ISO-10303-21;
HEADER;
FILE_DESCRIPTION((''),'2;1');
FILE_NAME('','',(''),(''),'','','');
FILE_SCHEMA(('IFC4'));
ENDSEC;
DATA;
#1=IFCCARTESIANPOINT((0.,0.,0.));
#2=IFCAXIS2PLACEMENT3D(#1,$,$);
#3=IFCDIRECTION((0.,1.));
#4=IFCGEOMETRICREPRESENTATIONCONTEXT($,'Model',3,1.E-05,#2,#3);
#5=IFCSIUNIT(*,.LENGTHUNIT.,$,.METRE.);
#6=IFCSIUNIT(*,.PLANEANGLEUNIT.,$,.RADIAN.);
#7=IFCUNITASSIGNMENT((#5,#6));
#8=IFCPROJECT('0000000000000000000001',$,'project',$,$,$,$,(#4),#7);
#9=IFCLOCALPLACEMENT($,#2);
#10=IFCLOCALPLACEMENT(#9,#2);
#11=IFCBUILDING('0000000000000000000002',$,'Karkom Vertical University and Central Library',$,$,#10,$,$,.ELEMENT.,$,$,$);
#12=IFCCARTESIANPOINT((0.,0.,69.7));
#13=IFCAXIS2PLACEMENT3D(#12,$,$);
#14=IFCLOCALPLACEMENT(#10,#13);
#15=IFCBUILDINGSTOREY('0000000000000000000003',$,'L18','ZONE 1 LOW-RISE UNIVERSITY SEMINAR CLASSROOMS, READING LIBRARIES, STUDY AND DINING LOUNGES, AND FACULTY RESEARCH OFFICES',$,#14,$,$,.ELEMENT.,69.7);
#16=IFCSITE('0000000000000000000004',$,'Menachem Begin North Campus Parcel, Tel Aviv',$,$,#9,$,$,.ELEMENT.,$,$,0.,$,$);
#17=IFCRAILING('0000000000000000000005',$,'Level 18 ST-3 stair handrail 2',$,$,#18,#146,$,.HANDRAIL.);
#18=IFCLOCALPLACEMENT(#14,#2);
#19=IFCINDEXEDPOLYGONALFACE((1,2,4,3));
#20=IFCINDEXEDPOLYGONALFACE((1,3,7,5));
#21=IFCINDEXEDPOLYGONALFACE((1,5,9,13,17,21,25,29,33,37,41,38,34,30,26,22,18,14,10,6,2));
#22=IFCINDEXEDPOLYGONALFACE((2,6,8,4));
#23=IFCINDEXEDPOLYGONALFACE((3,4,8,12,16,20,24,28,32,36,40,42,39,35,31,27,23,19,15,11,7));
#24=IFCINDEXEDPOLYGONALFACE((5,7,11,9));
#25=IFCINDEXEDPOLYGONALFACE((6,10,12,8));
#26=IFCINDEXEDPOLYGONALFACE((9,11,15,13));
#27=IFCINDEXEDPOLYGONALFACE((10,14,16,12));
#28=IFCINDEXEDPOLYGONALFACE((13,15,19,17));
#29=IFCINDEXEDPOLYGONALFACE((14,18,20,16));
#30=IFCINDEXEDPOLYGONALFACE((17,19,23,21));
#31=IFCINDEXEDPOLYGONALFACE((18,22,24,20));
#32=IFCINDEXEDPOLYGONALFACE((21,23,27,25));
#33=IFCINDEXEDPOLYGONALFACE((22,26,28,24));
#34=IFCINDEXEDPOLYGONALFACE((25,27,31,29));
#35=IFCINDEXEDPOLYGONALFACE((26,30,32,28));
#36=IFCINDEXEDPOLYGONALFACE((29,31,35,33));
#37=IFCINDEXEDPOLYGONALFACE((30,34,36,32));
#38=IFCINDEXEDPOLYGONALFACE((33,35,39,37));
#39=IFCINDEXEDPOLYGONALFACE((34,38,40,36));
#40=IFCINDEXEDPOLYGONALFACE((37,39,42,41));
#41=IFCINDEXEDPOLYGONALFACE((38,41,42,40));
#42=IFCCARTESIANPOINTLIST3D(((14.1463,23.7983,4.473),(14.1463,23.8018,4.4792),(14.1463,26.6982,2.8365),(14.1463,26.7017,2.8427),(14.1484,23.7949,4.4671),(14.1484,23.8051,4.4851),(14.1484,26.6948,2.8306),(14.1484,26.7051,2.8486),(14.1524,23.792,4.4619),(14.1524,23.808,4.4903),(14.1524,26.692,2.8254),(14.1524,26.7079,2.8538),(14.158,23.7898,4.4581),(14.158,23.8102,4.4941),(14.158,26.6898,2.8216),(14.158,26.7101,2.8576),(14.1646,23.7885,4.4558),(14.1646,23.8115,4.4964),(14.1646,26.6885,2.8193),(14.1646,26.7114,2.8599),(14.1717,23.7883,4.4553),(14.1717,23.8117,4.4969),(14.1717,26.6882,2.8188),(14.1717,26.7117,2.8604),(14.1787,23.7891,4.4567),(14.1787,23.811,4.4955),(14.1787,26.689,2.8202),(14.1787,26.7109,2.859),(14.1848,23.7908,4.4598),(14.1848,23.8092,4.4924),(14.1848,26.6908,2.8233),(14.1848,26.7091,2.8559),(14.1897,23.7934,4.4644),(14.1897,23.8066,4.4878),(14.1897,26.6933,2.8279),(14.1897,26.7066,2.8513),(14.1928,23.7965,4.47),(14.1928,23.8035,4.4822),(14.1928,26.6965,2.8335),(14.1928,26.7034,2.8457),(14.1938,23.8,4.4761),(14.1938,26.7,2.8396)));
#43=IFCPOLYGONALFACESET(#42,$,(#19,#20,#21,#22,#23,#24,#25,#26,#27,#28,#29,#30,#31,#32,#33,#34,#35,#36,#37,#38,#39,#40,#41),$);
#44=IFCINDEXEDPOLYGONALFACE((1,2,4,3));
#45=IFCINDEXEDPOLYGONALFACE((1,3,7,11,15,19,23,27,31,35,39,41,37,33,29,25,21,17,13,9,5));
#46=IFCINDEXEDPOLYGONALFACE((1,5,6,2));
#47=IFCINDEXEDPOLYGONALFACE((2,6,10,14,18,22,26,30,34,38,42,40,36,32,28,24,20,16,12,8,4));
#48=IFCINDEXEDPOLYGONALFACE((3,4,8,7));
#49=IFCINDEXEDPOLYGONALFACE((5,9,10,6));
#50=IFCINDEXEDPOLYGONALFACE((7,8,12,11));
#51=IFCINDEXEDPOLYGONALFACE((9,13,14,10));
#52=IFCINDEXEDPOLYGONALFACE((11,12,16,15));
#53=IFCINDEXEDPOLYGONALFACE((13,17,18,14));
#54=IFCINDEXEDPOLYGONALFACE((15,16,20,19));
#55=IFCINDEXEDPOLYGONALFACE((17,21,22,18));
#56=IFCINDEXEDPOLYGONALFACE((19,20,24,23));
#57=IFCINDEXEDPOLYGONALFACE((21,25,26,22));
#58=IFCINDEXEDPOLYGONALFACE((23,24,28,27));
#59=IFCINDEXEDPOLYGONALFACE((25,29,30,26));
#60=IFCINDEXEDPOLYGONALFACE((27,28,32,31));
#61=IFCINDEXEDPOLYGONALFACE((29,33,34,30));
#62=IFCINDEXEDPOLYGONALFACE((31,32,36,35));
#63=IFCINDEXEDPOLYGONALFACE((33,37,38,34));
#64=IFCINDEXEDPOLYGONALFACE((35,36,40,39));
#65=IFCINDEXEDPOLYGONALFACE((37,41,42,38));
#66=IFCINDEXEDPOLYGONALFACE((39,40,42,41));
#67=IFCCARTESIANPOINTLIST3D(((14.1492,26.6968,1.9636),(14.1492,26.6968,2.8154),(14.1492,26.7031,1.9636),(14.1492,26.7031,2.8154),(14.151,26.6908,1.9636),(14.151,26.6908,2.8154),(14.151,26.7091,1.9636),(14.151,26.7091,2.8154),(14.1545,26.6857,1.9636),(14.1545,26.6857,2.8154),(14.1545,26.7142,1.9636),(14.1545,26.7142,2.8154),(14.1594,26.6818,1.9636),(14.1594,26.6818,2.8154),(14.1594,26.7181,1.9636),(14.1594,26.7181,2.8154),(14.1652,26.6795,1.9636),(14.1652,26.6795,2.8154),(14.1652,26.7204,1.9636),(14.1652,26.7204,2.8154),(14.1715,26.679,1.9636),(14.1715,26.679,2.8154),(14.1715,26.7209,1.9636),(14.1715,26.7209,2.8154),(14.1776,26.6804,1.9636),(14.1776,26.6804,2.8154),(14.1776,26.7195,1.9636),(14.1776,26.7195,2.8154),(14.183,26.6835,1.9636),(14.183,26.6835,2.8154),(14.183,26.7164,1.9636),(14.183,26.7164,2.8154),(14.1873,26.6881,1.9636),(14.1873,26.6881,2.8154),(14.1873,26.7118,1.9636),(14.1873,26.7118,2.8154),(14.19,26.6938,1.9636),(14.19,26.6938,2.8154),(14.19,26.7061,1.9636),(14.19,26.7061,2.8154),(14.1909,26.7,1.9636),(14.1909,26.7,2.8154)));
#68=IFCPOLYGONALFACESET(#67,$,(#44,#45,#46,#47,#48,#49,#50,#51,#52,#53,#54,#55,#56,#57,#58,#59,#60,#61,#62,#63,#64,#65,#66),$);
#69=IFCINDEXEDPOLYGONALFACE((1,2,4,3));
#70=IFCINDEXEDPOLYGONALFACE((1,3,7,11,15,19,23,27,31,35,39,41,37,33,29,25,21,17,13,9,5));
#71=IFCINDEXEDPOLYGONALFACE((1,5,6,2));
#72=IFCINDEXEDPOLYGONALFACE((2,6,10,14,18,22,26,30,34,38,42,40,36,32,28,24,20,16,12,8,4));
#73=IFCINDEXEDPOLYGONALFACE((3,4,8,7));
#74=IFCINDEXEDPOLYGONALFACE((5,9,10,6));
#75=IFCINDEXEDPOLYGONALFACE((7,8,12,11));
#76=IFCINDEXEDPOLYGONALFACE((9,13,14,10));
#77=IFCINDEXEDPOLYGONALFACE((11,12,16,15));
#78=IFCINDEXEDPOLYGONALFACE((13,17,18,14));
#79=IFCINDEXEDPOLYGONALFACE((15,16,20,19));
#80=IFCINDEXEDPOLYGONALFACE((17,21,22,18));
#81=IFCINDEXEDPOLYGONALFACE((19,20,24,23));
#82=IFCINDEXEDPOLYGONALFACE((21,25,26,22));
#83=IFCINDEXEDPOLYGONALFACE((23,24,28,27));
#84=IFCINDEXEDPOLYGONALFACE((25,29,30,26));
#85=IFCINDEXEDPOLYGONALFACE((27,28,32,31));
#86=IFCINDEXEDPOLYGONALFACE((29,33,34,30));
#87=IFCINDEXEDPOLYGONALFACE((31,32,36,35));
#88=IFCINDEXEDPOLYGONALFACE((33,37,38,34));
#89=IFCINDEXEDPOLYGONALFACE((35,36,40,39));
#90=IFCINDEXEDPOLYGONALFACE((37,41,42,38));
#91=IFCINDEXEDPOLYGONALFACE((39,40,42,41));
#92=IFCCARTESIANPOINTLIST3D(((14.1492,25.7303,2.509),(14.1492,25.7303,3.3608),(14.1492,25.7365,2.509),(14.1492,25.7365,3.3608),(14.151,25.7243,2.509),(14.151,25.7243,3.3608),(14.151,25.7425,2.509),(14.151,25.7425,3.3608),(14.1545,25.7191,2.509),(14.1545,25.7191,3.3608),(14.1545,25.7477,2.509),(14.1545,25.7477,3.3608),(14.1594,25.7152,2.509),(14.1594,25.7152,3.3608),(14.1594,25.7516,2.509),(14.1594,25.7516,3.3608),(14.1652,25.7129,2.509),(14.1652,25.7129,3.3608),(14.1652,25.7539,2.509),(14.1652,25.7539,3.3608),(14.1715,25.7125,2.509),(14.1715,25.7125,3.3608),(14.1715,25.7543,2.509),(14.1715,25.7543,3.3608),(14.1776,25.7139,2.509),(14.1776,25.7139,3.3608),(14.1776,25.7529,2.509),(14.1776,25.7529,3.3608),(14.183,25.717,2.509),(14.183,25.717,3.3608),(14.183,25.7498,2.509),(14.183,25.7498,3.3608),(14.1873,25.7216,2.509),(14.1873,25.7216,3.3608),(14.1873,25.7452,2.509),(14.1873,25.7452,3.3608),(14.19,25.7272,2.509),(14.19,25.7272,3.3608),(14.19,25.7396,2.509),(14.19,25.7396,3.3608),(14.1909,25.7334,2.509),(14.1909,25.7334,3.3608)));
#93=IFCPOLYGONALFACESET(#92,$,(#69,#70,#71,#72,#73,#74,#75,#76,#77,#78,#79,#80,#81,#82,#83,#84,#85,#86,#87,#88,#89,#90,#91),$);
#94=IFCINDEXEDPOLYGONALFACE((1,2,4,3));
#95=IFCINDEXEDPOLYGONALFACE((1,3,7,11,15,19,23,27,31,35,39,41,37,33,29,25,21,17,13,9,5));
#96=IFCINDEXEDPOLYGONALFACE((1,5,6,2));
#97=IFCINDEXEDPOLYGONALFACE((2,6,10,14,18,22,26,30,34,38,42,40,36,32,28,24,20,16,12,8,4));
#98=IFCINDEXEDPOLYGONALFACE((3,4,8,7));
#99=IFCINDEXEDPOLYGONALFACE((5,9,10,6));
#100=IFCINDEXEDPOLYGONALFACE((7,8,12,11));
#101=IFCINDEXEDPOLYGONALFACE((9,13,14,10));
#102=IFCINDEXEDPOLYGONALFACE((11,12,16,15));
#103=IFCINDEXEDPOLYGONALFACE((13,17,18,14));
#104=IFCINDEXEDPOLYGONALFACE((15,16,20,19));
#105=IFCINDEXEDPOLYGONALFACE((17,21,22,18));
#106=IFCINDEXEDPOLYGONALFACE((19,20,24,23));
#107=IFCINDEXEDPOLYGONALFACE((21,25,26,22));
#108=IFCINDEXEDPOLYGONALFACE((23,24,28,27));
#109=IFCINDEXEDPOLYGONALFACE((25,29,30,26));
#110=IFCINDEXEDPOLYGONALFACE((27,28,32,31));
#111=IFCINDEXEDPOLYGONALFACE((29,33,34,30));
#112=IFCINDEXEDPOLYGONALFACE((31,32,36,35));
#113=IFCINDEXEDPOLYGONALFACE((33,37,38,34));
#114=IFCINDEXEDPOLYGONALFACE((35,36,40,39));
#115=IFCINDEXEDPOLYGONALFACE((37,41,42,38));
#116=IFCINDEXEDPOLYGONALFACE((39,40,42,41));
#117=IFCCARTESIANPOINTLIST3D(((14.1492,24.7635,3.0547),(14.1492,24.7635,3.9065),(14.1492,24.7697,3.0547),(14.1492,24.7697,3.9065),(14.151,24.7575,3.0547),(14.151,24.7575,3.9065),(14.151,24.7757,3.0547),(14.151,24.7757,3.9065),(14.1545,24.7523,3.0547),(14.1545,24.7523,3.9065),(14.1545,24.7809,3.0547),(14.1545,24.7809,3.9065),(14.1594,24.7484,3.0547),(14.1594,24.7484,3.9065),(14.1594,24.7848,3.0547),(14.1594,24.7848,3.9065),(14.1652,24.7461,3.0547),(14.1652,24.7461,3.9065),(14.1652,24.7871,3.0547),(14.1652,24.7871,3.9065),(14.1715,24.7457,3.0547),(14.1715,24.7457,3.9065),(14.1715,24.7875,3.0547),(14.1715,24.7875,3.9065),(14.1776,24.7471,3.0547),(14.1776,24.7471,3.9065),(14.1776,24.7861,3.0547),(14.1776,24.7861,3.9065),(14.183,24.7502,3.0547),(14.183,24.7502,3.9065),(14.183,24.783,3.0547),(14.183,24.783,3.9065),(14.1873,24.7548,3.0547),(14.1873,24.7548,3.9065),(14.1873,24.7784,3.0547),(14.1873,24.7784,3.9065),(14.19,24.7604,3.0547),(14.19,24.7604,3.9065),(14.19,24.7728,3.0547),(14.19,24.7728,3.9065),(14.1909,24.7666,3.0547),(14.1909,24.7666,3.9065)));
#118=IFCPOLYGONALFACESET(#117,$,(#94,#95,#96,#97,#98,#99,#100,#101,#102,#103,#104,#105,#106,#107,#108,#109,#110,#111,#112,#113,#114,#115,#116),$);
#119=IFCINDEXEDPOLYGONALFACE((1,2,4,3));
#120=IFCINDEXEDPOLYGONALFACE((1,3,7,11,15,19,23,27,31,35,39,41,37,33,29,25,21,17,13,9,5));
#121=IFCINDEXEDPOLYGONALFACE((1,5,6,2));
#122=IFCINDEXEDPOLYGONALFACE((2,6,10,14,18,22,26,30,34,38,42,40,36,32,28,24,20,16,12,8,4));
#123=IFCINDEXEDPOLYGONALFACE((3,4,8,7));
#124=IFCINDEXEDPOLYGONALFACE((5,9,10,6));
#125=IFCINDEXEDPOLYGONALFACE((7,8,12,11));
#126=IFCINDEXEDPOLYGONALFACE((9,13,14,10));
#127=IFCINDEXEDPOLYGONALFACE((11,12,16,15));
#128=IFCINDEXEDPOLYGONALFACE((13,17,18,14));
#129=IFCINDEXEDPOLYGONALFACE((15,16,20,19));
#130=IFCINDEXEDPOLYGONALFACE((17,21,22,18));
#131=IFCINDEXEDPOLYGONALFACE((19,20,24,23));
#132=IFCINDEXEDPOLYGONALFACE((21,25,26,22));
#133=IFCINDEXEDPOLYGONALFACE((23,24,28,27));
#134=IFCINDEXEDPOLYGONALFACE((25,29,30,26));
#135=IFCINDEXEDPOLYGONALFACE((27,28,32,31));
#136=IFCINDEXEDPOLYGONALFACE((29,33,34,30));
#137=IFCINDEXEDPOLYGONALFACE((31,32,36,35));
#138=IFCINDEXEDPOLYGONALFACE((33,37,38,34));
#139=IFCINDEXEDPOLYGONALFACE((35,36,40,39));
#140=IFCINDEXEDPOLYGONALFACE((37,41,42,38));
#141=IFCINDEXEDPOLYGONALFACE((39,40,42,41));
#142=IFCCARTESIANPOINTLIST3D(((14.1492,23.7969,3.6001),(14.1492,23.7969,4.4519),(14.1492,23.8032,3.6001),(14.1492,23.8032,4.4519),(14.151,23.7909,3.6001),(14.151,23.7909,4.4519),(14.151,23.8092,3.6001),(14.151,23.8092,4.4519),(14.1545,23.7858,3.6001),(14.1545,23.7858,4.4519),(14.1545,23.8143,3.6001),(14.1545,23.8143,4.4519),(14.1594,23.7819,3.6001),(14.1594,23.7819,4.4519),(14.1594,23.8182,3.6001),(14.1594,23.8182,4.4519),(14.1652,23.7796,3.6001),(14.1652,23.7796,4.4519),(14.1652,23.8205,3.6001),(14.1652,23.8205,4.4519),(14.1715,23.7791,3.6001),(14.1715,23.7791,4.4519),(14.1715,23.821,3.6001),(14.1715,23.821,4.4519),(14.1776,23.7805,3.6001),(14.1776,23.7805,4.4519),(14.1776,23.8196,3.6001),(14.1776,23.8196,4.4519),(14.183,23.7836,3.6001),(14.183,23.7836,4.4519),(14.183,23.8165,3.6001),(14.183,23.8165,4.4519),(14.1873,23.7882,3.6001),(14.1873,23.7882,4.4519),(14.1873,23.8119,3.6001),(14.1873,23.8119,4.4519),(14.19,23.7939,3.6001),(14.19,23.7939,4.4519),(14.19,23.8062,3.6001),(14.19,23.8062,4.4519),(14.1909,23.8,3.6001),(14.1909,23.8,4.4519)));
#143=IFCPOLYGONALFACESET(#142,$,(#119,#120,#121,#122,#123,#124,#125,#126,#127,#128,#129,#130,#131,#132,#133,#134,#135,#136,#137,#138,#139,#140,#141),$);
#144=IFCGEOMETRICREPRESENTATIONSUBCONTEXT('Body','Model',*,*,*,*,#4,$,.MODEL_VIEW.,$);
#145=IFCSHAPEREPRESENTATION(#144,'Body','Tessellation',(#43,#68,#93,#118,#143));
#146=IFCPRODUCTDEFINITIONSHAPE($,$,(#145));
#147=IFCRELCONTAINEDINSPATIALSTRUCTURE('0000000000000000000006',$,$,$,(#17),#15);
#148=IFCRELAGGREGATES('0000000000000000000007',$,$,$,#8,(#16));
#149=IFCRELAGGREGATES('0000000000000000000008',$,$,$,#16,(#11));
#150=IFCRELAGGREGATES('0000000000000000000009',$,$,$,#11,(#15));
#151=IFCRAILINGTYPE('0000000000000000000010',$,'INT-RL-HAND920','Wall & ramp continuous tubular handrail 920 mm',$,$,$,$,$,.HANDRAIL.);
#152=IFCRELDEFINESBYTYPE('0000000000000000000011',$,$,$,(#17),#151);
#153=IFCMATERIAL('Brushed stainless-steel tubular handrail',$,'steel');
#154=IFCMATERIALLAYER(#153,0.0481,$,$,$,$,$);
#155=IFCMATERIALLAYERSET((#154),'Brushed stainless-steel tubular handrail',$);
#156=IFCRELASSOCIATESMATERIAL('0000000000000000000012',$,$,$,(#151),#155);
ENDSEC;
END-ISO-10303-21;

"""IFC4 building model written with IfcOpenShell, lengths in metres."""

from ifc_helpers import new_model, si_unit, direction, frame, origin, origin_2d, place, context, subcontext, project, spatial, circle, extrude, material, layer, layer_set, type_object, element, save


model = new_model("IFC4")

# Units and contexts
model_context = context("Model", 3, precision=1e-05, world=origin(), true_north=direction((0.0, 1.0)))
body_context = subcontext(model_context, "Body", "Model", "MODEL_VIEW")
ifc_project = project(units=[si_unit("LENGTHUNIT", "METRE"), si_unit("PLANEANGLEUNIT", "RADIAN")], contexts=[model_context])

# Site, building, storey
site_placement = place(None, origin())
site = spatial("IfcSite", under=ifc_project, at=site_placement, Name="Menachem Begin North Campus Parcel, Tel Aviv", CompositionType="ELEMENT", RefElevation=0.0)
building_placement = place(site_placement, origin())
building = spatial("IfcBuilding", under=site, at=building_placement, Name="Karkom Vertical University and Central Library", CompositionType="ELEMENT")
storey_placement = place(building_placement, frame((0.0, 0.0, 69.7)))
storey = spatial("IfcBuildingStorey", under=building, at=storey_placement, Name="L18", Description="ZONE 1 LOW-RISE UNIVERSITY SEMINAR CLASSROOMS, READING LIBRARIES, STUDY AND DINING LOUNGES, AND FACULTY RESEARCH OFFICES", CompositionType="ELEMENT", Elevation=69.7)

# Railing
ifc_material_1 = material(Name="Brushed stainless-steel tubular handrail", Category="steel")
ifc_layer_1 = layer(ifc_material_1, 0.0481)
ifc_layer_set_1 = layer_set([ifc_layer_1], Name="Brushed stainless-steel tubular handrail")
railing_type_1 = type_object("IfcRailingType", Name="INT-RL-HAND920", Description="Wall & ramp continuous tubular handrail 920 mm", PredefinedType="HANDRAIL", material=ifc_layer_set_1)
railing_1_placement = place(storey_placement, frame((14.1699, 26.7, 1.9636)))
element("IfcRailing", 1, at=railing_1_placement, inside=storey, type_object=railing_type_1, Name="Level 18 ST-3 stair handrail 2", PredefinedType="HANDRAIL", context=body_context, shape_type="SweptSolid", body=[
    extrude(circle(Radius=0.0239, at=origin_2d()), frame((0.0, 0.0, 0.876), z_axis=(0.0, -0.870897, 0.491465), x_axis=(1.0, 0.0, 0.0)), (0.0, 0.0, 1.0), 3.3298),
    extrude(circle(Radius=0.021, at=origin_2d()), origin(), (0.0, 0.0, 1.0), 0.8518),
    extrude(circle(Radius=0.021, at=origin_2d()), frame((0.0, -0.9666, 0.5454)), (0.0, 0.0, 1.0), 0.8518),
    extrude(circle(Radius=0.021, at=origin_2d()), frame((0.0, -1.9333, 1.0911)), (0.0, 0.0, 1.0), 0.8518),
    extrude(circle(Radius=0.021, at=origin_2d()), frame((0.0, -2.8999, 1.6365)), (0.0, 0.0, 1.0), 0.8518),
])

save(model, "model.ifc")
